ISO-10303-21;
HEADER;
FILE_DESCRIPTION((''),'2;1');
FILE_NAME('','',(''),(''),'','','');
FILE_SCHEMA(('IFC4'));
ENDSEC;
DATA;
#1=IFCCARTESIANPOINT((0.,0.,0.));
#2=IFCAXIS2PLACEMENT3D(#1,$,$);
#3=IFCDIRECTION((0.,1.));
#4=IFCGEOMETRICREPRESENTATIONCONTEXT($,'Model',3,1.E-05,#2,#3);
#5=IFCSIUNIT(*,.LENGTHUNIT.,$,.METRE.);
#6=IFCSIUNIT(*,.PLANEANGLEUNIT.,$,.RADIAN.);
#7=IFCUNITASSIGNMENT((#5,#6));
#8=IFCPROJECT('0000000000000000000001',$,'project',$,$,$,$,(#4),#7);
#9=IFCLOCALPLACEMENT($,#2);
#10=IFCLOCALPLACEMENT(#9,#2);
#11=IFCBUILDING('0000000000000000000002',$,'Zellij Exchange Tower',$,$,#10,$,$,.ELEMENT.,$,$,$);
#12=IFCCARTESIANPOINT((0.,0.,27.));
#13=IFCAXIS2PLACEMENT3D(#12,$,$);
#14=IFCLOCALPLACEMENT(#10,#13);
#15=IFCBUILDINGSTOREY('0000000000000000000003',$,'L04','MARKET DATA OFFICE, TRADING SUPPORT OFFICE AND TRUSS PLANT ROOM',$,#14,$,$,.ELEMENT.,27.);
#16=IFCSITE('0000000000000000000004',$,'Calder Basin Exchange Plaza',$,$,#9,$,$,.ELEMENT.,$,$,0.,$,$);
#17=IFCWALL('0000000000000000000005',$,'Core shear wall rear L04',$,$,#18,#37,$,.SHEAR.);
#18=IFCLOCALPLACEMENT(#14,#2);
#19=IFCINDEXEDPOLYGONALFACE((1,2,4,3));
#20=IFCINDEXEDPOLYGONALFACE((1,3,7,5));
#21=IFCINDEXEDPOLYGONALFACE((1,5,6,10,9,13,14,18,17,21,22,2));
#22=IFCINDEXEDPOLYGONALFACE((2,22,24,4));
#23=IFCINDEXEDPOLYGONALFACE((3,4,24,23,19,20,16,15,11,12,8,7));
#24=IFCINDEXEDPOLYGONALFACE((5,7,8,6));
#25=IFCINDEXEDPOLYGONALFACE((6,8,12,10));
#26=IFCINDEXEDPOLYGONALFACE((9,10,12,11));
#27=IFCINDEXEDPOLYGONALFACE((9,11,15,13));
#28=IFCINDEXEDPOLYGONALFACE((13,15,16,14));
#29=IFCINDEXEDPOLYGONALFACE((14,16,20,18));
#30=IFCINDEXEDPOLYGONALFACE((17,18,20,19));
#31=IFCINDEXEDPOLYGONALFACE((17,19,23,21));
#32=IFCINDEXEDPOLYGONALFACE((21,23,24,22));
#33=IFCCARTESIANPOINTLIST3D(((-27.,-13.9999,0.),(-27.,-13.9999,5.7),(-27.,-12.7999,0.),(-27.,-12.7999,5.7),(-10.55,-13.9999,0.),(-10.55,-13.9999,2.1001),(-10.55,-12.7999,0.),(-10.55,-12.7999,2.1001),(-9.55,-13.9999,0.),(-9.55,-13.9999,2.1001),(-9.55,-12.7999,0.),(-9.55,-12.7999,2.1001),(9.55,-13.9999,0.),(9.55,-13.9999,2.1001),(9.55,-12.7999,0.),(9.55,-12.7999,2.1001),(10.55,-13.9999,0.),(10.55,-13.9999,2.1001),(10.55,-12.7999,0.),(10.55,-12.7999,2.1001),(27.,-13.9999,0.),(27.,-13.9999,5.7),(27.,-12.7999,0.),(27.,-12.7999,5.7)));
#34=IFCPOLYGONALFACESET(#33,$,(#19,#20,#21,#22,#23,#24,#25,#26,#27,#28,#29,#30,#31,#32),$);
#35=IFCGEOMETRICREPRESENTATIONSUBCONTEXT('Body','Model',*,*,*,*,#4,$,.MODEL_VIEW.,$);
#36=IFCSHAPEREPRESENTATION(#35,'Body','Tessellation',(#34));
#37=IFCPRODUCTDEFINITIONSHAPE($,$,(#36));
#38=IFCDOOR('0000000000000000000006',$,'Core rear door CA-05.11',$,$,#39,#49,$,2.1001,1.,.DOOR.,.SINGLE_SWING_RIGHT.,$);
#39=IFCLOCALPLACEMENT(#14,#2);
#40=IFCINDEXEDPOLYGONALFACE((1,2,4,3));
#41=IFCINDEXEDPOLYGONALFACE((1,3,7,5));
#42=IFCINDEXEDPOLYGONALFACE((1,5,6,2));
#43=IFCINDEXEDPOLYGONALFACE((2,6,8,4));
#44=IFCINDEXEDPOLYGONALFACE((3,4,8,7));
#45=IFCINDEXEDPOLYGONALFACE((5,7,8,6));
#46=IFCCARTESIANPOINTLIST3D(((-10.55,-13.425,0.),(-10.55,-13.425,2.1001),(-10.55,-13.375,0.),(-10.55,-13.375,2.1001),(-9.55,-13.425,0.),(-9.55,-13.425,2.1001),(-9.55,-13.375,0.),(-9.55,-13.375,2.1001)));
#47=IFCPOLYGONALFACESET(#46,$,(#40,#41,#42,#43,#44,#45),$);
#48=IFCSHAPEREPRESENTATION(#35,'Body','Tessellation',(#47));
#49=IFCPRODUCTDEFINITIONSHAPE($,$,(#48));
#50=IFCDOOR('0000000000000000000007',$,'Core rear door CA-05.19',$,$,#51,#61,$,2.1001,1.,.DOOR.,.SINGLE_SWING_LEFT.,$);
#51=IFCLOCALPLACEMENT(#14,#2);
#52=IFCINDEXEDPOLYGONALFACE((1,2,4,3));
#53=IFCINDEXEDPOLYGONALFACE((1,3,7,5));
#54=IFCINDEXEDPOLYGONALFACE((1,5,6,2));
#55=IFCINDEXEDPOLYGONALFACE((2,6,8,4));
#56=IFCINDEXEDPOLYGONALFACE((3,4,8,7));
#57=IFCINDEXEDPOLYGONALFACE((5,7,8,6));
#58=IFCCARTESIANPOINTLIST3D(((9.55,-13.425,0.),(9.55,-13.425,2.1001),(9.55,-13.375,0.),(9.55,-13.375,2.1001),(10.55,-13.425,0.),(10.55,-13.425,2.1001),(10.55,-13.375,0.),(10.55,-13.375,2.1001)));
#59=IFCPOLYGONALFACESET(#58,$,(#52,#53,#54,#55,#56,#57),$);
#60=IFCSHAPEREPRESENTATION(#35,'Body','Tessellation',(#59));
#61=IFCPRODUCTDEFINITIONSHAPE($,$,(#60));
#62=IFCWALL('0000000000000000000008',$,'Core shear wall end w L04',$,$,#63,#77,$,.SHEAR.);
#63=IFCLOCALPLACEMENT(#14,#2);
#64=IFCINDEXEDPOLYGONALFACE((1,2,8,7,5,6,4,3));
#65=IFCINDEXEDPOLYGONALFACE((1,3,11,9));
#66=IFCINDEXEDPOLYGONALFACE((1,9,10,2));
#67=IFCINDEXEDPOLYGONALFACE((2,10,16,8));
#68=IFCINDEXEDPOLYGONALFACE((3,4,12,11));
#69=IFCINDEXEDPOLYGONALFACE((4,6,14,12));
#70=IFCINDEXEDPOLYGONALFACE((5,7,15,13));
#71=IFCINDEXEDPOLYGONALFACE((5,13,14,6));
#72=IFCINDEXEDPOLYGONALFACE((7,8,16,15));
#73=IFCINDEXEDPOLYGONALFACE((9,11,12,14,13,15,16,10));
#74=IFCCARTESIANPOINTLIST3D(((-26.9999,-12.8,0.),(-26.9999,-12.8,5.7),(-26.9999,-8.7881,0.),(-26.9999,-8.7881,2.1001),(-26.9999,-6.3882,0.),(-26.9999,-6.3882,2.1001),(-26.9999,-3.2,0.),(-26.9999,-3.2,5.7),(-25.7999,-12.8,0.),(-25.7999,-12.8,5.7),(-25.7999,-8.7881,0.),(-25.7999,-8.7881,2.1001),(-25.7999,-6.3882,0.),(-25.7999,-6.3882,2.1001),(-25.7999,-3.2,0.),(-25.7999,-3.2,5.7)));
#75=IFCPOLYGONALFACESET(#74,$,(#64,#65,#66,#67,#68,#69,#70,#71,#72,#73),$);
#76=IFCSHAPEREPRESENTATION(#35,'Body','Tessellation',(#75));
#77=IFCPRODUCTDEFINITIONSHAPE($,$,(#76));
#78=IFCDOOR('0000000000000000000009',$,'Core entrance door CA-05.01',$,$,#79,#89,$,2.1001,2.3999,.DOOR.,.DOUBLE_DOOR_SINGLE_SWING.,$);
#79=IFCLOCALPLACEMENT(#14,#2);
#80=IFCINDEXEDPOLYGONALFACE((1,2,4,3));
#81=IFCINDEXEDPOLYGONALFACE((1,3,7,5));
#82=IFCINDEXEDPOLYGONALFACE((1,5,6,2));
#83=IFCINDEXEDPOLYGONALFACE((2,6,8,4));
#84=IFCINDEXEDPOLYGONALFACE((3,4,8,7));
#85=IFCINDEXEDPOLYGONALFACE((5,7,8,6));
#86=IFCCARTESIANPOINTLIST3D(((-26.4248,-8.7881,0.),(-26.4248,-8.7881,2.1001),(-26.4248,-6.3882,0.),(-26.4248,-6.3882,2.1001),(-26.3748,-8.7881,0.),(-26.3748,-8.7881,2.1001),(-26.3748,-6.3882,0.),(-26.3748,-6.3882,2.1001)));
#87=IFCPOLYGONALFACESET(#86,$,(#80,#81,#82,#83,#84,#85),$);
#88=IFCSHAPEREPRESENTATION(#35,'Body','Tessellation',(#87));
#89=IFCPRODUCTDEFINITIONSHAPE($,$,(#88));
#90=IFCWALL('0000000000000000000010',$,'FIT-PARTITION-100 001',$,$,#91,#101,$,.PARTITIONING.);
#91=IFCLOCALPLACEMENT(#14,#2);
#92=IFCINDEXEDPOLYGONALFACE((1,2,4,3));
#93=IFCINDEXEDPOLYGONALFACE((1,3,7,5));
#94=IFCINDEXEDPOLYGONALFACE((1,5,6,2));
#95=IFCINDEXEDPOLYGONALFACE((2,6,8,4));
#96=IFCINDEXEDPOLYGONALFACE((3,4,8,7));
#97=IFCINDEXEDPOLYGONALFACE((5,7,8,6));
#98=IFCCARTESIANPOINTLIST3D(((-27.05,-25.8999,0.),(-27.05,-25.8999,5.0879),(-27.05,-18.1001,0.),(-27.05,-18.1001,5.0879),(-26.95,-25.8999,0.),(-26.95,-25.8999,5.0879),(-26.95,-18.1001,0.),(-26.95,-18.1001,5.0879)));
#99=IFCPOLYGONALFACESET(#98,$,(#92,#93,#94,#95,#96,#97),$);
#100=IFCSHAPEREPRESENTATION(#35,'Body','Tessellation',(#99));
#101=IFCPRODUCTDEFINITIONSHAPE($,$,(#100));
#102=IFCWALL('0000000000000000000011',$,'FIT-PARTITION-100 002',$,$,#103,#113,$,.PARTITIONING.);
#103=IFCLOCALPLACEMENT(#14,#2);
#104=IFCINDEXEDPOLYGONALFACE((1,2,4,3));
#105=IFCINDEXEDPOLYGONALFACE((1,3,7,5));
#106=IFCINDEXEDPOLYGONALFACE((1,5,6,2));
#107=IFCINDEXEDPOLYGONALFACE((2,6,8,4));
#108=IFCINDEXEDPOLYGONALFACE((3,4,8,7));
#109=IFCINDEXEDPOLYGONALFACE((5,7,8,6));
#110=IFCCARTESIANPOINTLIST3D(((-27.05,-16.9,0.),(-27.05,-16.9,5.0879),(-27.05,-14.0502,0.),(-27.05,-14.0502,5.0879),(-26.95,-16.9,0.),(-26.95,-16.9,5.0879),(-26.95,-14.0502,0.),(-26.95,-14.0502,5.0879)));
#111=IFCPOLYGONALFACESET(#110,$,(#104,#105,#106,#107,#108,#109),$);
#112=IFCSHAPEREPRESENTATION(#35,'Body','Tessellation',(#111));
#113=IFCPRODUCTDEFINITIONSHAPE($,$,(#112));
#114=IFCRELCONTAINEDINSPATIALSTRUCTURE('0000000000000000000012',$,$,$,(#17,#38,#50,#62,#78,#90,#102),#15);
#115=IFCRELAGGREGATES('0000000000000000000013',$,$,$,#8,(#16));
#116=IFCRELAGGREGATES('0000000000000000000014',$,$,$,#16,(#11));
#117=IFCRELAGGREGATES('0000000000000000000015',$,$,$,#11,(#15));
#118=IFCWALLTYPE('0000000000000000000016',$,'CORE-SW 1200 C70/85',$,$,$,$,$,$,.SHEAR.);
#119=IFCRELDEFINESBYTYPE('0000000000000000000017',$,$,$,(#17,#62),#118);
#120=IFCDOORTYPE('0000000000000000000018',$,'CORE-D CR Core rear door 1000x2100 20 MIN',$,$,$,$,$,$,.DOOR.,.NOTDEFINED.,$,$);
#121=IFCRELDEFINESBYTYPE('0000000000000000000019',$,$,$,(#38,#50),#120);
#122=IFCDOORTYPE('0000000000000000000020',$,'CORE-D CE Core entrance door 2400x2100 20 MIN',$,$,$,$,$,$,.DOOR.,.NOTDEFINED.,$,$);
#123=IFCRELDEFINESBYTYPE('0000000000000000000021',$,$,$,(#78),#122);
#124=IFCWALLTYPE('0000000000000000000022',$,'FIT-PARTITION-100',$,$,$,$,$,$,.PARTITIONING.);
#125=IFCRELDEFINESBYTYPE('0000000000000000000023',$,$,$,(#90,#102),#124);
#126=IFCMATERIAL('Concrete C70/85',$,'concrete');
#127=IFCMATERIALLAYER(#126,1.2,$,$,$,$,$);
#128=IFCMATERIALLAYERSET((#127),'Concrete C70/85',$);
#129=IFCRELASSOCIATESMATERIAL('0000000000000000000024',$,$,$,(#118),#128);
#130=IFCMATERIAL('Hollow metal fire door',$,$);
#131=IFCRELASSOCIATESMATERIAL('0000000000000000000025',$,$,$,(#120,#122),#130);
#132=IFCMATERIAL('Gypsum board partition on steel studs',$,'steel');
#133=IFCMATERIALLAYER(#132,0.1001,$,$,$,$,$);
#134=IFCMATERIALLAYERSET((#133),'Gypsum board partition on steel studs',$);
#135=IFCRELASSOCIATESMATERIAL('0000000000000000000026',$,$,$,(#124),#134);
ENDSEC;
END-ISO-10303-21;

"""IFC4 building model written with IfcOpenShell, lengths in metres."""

from ifc_helpers import new_model, si_unit, direction, frame, frame_2d, origin, place, context, subcontext, project, spatial, rectangle, extrude, material, layer, layer_set, type_object, element, fill, save


model = new_model("IFC4")

# Units and contexts
model_context = context("Model", 3, precision=1e-05, world=origin(), true_north=direction((0.0, 1.0)))
body_context = subcontext(model_context, "Body", "Model", "MODEL_VIEW")
ifc_project = project(units=[si_unit("LENGTHUNIT", "METRE"), si_unit("PLANEANGLEUNIT", "RADIAN")], contexts=[model_context])

# Site, building, storey
site_placement = place(None, origin())
site = spatial("IfcSite", under=ifc_project, at=site_placement, Name="Calder Basin Exchange Plaza", CompositionType="ELEMENT", RefElevation=0.0)
building_placement = place(site_placement, origin())
building = spatial("IfcBuilding", under=site, at=building_placement, Name="Zellij Exchange Tower", CompositionType="ELEMENT")
storey_placement = place(building_placement, frame((0.0, 0.0, 27.0)))
storey = spatial("IfcBuildingStorey", under=building, at=storey_placement, Name="L04", Description="MARKET DATA OFFICE, TRADING SUPPORT OFFICE AND TRUSS PLANT ROOM", CompositionType="ELEMENT", Elevation=27.0)

# Shared definitions
ifc_material_1 = material(Name="Concrete C70/85", Category="concrete")

# Wall, openings, doors
ifc_layer_1 = layer(ifc_material_1, 1.2)
ifc_layer_set_1 = layer_set([ifc_layer_1], Name="Concrete C70/85")
wall_type_1 = type_object("IfcWallType", Name="CORE-SW 1200 C70/85", PredefinedType="SHEAR", material=ifc_layer_set_1)
wall_1_placement = place(storey_placement, frame((-27.0, -13.3999, 0.0), z_axis=(0.0, 0.0, 1.0), x_axis=(1.0, 0.0, 0.0)))
wall_1 = element("IfcWall", 1, at=wall_1_placement, inside=storey, type_object=wall_type_1, Name="Core shear wall rear L04", PredefinedType="SHEAR", context=body_context, shape_type="SweptSolid", body=[
    extrude(rectangle(XDim=54.0, YDim=1.2, at=frame_2d((27.0, 0.0))), origin(), (0.0, 0.0, 1.0), 5.7),
])
opening_1_placement = place(wall_1_placement, frame((16.45, 0.0, 0.0)))
opening_1 = element("IfcOpeningElement", 2, at=opening_1_placement, cuts=wall_1, PredefinedType="OPENING", context=body_context, shape_type="SweptSolid", body=[
    extrude(rectangle(XDim=1.0, YDim=2.1001, at=frame_2d((0.5, 1.05))), frame((0.0, 0.6118, 0.0), z_axis=(0.0, -1.0, 0.0), x_axis=(1.0, 0.0, 0.0)), (0.0, 0.0, 1.0), 1.2239),
])
opening_2_placement = place(wall_1_placement, frame((36.55, 0.0, 0.0)))
opening_2 = element("IfcOpeningElement", 3, at=opening_2_placement, cuts=wall_1, PredefinedType="OPENING", context=body_context, shape_type="SweptSolid", body=[
    extrude(rectangle(XDim=1.0, YDim=2.1001, at=frame_2d((0.5, 1.05))), frame((0.0, 0.6118, 0.0), z_axis=(0.0, -1.0, 0.0), x_axis=(1.0, 0.0, 0.0)), (0.0, 0.0, 1.0), 1.2239),
])
ifc_material_2 = material(Name="Hollow metal fire door")
door_type_1 = type_object("IfcDoorType", Name="CORE-D CR Core rear door 1000x2100 20 MIN", OperationType="NOTDEFINED", PredefinedType="DOOR", material=ifc_material_2)
door_1_placement = place(opening_1_placement, origin())
door_1 = element("IfcDoor", 4, at=door_1_placement, inside=storey, type_object=door_type_1, Name="Core rear door CA-05.11", OperationType="SINGLE_SWING_RIGHT", OverallHeight=2.1001, OverallWidth=1.0, PredefinedType="DOOR", context=body_context, shape_type="SweptSolid", body=[
    extrude(rectangle(XDim=1.0, YDim=2.1001, at=frame_2d((0.5, 1.05))), frame((0.0, 0.0249, 0.0), z_axis=(0.0, -1.0, 0.0), x_axis=(1.0, 0.0, 0.0)), (0.0, 0.0, 1.0), 0.05),
])
fill(opening_1, door_1)
door_2_placement = place(opening_2_placement, origin())
door_2 = element("IfcDoor", 5, at=door_2_placement, inside=storey, type_object=door_type_1, Name="Core rear door CA-05.19", OperationType="SINGLE_SWING_LEFT", OverallHeight=2.1001, OverallWidth=1.0, PredefinedType="DOOR", context=body_context, shape_type="SweptSolid", body=[
    extrude(rectangle(XDim=1.0, YDim=2.1001, at=frame_2d((0.5, 1.05))), frame((0.0, 0.0249, 0.0), z_axis=(0.0, -1.0, 0.0), x_axis=(1.0, 0.0, 0.0)), (0.0, 0.0, 1.0), 0.05),
])
fill(opening_2, door_2)

# Wall, opening, door
wall_2_placement = place(storey_placement, frame((-26.3999, -12.8, 0.0), z_axis=(0.0, 0.0, 1.0), x_axis=(0.0, 1.0, 0.0)))
wall_2 = element("IfcWall", 6, at=wall_2_placement, inside=storey, type_object=wall_type_1, Name="Core shear wall end w L04", PredefinedType="SHEAR", context=body_context, shape_type="SweptSolid", body=[
    extrude(rectangle(XDim=9.6001, YDim=1.2, at=frame_2d((4.8, 0.0))), origin(), (0.0, 0.0, 1.0), 5.7),
])
opening_3_placement = place(wall_2_placement, frame((4.012, 0.0, 0.0)))
opening_3 = element("IfcOpeningElement", 7, at=opening_3_placement, cuts=wall_2, PredefinedType="OPENING", context=body_context, shape_type="SweptSolid", body=[
    extrude(rectangle(XDim=2.3999, YDim=2.1001, at=frame_2d((1.2, 1.05))), frame((0.0, 0.6118, 0.0), z_axis=(0.0, -1.0, 0.0), x_axis=(1.0, 0.0, 0.0)), (0.0, 0.0, 1.0), 1.2239),
])
door_type_2 = type_object("IfcDoorType", Name="CORE-D CE Core entrance door 2400x2100 20 MIN", OperationType="NOTDEFINED", PredefinedType="DOOR", material=ifc_material_2)
door_3_placement = place(opening_3_placement, origin())
door_3 = element("IfcDoor", 8, at=door_3_placement, inside=storey, type_object=door_type_2, Name="Core entrance door CA-05.01", OperationType="DOUBLE_DOOR_SINGLE_SWING", OverallHeight=2.1001, OverallWidth=2.3999, PredefinedType="DOOR", context=body_context, shape_type="SweptSolid", body=[
    extrude(rectangle(XDim=2.3999, YDim=2.1001, at=frame_2d((1.2, 1.05))), frame((0.0, 0.0249, 0.0), z_axis=(0.0, -1.0, 0.0), x_axis=(1.0, 0.0, 0.0)), (0.0, 0.0, 1.0), 0.05),
])
fill(opening_3, door_3)

# Walls
ifc_material_3 = material(Name="Gypsum board partition on steel studs", Category="steel")
ifc_layer_2 = layer(ifc_material_3, 0.1001)
ifc_layer_set_2 = layer_set([ifc_layer_2], Name="Gypsum board partition on steel studs")
wall_type_2 = type_object("IfcWallType", Name="FIT-PARTITION-100", PredefinedType="PARTITIONING", material=ifc_layer_set_2)
wall_3_placement = place(storey_placement, frame((-27.0, -25.8999, 0.0), z_axis=(0.0, 0.0, 1.0), x_axis=(0.0, 1.0, 0.0)))
element("IfcWall", 9, at=wall_3_placement, inside=storey, type_object=wall_type_2, Name="FIT-PARTITION-100 001", PredefinedType="PARTITIONING", context=body_context, shape_type="SweptSolid", body=[
    extrude(rectangle(XDim=7.7998, YDim=0.1001, at=frame_2d((3.8999, 0.0))), origin(), (0.0, 0.0, 1.0), 5.0879),
])
wall_4_placement = place(storey_placement, frame((-27.0, -16.8999, 0.0), z_axis=(0.0, 0.0, 1.0), x_axis=(0.0, 1.0, 0.0)))
element("IfcWall", 10, at=wall_4_placement, inside=storey, type_object=wall_type_2, Name="FIT-PARTITION-100 002", PredefinedType="PARTITIONING", context=body_context, shape_type="SweptSolid", body=[
    extrude(rectangle(XDim=2.8499, YDim=0.1001, at=frame_2d((1.4248, 0.0))), origin(), (0.0, 0.0, 1.0), 5.0879),
])

save(model, "model.ifc")
